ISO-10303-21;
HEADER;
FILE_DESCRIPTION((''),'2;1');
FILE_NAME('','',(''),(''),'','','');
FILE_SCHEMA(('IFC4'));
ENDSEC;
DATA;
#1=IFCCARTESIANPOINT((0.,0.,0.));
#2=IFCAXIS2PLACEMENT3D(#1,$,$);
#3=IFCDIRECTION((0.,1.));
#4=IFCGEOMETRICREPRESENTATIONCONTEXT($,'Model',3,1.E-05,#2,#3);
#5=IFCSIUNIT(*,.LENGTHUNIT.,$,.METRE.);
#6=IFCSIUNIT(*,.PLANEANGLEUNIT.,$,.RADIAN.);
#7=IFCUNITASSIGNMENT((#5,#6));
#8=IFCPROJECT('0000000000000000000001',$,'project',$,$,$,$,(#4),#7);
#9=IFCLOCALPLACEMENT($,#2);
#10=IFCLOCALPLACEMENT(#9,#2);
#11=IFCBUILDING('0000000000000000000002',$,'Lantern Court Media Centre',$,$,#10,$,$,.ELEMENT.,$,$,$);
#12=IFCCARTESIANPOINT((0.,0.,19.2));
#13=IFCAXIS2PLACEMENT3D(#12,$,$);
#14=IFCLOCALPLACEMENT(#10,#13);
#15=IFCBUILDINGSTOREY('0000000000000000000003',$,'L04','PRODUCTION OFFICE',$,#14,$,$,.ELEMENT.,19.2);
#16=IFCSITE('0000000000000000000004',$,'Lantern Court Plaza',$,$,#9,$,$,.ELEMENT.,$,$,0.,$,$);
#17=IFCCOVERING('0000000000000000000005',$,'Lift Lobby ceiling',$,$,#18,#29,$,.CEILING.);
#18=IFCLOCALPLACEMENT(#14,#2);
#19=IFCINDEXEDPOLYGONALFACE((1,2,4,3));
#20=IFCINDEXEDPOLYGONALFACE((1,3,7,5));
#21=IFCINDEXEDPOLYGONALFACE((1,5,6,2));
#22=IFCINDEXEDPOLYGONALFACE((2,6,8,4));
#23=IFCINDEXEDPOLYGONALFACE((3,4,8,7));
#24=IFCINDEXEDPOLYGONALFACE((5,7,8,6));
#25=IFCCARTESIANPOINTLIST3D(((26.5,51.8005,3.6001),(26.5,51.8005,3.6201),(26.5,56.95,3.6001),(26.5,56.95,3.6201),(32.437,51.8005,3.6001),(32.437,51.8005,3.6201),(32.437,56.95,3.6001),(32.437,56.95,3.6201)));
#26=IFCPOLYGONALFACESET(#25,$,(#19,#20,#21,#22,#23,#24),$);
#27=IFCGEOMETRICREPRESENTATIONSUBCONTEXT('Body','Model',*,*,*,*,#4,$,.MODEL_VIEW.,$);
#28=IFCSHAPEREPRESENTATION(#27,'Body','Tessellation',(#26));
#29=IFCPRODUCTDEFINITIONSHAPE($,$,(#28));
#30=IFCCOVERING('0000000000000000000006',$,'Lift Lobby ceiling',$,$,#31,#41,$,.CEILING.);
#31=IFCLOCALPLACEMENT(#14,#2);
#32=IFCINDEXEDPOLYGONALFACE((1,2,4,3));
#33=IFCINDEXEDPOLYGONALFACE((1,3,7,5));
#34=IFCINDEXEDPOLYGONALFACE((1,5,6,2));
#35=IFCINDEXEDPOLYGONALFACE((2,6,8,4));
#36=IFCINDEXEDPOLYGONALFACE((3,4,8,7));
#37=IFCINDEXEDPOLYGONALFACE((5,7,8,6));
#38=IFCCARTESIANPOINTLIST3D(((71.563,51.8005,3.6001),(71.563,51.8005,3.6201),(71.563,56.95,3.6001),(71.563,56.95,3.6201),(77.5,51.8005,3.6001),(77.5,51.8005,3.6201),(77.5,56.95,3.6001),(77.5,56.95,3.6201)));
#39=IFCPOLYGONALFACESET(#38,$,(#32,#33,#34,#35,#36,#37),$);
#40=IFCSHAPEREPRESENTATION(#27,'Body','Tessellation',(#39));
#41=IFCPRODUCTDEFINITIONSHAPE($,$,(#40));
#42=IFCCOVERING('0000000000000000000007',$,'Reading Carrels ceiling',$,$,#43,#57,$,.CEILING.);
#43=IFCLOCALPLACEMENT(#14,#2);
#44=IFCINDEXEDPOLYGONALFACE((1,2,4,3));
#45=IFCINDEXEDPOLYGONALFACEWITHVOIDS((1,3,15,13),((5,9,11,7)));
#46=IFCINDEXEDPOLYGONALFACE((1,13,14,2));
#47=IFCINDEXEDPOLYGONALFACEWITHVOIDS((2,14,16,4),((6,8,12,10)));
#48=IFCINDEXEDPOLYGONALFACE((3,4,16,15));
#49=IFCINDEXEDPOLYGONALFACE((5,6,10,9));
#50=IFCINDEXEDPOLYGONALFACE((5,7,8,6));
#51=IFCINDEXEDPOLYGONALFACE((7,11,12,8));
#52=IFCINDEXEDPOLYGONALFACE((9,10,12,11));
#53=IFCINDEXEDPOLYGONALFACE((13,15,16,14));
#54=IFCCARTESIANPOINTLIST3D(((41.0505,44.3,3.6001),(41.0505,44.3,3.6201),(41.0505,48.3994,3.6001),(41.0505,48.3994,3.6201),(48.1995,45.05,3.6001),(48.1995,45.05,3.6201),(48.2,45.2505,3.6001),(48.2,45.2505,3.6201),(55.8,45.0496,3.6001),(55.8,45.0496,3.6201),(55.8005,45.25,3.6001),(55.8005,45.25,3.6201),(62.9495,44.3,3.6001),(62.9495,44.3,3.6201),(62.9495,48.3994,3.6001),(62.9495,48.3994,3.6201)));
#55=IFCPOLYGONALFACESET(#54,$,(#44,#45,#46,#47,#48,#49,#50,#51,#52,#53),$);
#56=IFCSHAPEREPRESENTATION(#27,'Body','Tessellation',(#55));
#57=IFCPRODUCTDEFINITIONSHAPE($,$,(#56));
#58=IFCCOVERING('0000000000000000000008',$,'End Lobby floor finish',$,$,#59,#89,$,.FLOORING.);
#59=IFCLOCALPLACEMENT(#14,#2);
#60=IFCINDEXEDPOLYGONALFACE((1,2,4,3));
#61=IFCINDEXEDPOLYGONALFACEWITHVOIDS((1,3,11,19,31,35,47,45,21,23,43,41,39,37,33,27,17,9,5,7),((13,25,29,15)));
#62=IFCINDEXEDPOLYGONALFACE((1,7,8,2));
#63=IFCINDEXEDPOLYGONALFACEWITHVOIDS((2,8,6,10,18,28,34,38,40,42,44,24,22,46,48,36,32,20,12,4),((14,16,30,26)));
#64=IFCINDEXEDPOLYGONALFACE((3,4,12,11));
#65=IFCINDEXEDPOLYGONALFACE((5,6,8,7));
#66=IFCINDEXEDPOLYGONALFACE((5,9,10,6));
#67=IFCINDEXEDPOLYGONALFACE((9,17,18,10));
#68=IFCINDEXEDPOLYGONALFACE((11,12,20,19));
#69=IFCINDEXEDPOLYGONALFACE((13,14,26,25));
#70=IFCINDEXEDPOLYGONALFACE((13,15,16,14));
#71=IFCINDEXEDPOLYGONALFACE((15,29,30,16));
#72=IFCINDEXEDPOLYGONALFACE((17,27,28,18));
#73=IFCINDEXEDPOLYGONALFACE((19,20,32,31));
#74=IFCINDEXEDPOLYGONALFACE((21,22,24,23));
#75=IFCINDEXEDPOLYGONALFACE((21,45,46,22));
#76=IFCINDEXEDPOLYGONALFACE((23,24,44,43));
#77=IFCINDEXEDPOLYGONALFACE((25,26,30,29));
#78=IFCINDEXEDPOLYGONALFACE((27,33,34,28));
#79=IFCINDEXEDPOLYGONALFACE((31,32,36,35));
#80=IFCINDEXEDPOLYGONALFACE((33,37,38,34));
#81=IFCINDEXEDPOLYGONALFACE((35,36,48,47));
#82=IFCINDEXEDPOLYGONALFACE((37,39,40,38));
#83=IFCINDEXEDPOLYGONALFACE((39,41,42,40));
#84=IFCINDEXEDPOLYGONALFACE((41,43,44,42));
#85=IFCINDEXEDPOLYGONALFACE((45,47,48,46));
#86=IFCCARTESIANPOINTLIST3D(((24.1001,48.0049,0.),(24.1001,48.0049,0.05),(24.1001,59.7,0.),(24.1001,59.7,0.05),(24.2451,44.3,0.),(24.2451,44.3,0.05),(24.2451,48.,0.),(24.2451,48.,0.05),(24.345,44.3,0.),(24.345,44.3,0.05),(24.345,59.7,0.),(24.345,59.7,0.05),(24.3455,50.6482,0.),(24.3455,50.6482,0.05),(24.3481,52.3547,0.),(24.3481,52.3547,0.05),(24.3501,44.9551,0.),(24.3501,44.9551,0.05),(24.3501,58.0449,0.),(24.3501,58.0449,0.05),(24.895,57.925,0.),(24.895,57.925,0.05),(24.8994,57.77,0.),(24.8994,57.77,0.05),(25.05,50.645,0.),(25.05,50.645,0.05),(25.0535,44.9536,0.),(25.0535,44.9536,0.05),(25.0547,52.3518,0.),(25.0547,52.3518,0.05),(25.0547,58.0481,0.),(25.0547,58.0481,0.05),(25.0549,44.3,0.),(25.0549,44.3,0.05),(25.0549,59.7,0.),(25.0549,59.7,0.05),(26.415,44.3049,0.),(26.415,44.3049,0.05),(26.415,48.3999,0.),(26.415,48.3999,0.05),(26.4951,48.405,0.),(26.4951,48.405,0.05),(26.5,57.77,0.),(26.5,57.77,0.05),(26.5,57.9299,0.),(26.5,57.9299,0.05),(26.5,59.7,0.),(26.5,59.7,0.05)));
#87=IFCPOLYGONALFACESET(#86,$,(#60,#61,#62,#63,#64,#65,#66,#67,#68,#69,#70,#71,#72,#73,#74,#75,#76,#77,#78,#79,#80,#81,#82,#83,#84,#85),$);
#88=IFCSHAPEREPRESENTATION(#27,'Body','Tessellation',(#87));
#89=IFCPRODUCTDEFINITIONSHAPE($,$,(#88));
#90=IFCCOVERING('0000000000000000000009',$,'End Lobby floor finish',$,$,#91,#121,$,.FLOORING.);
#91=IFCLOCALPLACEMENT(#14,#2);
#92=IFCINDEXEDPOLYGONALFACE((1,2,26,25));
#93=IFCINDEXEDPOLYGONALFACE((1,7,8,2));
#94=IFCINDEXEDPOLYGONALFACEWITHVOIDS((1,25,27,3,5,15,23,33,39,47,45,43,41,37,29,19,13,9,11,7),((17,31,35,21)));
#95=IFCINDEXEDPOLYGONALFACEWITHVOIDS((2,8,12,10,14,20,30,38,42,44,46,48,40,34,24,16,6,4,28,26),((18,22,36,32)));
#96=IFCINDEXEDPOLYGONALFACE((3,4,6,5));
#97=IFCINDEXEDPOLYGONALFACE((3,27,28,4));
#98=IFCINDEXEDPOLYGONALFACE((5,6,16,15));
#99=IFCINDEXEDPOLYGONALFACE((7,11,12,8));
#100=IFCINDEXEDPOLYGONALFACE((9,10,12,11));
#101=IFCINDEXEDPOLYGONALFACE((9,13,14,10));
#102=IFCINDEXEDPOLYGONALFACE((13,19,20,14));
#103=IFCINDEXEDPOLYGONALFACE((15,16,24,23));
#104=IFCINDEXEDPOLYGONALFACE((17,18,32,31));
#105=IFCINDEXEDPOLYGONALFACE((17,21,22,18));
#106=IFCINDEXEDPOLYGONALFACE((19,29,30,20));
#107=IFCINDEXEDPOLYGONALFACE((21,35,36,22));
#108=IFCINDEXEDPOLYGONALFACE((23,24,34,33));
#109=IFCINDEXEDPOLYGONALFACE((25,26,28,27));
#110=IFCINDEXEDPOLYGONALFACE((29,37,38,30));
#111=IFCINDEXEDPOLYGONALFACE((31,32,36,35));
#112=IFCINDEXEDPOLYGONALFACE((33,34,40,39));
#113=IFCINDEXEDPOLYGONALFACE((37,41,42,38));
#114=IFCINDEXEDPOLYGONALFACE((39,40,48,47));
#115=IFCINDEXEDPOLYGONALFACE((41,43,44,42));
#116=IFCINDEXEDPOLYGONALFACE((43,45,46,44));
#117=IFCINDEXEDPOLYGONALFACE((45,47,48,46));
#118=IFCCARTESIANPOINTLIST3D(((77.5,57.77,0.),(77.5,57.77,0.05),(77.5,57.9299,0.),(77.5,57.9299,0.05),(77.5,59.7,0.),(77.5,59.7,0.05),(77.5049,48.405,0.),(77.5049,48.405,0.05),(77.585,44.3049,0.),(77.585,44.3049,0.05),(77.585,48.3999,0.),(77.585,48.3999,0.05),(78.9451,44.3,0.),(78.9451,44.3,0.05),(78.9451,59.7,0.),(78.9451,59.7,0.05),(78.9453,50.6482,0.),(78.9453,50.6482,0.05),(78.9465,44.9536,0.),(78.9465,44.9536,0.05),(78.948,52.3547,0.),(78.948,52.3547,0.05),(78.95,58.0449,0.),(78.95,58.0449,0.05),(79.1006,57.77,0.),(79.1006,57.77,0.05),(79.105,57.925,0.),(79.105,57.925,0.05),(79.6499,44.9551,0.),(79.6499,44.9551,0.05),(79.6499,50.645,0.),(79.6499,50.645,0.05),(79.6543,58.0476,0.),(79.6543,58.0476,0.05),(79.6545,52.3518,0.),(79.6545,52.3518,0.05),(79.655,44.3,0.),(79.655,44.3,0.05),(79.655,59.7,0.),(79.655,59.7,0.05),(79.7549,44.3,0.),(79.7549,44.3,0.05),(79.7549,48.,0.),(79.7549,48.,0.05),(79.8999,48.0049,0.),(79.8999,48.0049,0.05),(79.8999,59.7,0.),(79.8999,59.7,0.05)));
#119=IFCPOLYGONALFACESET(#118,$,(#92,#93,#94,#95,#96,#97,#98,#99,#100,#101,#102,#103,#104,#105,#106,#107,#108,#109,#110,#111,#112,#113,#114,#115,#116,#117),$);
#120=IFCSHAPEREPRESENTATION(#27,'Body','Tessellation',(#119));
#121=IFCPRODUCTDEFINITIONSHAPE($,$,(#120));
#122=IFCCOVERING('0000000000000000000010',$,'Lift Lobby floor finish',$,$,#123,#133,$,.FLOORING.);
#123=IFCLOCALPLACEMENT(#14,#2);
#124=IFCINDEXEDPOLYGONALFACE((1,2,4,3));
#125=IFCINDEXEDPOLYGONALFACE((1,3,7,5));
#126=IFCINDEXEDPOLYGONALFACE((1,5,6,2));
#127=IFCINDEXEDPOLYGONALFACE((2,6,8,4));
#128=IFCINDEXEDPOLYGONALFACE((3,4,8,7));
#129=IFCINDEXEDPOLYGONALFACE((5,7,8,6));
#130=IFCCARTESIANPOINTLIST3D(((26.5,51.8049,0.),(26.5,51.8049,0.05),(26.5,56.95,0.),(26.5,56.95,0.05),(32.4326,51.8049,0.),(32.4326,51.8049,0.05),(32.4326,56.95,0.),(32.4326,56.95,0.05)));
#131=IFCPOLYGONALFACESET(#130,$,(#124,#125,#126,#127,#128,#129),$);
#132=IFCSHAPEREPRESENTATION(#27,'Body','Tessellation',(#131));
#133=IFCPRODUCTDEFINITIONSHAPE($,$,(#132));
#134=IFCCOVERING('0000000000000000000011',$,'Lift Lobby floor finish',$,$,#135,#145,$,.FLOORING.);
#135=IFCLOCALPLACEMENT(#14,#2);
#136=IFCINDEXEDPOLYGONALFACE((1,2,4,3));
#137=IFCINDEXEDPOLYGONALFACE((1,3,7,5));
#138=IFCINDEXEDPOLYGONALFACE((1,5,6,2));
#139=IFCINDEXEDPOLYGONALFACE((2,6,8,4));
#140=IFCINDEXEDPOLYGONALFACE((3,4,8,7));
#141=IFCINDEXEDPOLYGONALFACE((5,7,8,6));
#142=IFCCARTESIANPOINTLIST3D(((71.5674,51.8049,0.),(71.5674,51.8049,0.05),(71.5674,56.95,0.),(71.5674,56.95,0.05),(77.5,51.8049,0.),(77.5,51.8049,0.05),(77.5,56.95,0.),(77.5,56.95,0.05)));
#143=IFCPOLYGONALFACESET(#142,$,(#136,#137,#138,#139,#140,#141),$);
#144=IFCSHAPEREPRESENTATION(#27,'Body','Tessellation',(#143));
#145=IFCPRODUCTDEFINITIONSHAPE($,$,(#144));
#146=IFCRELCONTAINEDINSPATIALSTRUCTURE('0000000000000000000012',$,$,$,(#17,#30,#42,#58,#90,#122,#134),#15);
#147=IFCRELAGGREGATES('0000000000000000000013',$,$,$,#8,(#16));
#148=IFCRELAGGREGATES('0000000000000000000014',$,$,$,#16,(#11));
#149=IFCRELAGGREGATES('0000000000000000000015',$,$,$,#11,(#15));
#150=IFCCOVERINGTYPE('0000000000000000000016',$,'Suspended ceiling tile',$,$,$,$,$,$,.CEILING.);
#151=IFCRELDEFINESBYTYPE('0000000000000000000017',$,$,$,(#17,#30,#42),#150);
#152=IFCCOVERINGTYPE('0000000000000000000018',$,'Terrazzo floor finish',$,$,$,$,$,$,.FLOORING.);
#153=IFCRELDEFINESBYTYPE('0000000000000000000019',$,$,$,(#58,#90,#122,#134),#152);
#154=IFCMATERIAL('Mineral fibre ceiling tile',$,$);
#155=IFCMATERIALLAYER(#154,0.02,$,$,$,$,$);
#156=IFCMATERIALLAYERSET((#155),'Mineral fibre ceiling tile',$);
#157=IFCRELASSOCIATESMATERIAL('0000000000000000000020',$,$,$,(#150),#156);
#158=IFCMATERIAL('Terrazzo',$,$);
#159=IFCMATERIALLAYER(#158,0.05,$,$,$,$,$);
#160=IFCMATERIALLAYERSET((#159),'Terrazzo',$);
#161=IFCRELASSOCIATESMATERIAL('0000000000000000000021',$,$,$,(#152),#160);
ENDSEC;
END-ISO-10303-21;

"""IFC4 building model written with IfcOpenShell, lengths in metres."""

from ifc_helpers import new_model, si_unit, direction, frame, origin, place, context, subcontext, project, spatial, polyline, outline, extrude, material, layer, layer_set, type_object, element, save


model = new_model("IFC4")

# Units and contexts
model_context = context("Model", 3, precision=1e-05, world=origin(), true_north=direction((0.0, 1.0)))
body_context = subcontext(model_context, "Body", "Model", "MODEL_VIEW")
ifc_project = project(units=[si_unit("LENGTHUNIT", "METRE"), si_unit("PLANEANGLEUNIT", "RADIAN")], contexts=[model_context])

# Site, building, storey
site_placement = place(None, origin())
site = spatial("IfcSite", under=ifc_project, at=site_placement, Name="Lantern Court Plaza", CompositionType="ELEMENT", RefElevation=0.0)
building_placement = place(site_placement, origin())
building = spatial("IfcBuilding", under=site, at=building_placement, Name="Lantern Court Media Centre", CompositionType="ELEMENT")
storey_placement = place(building_placement, frame((0.0, 0.0, 19.2)))
storey = spatial("IfcBuildingStorey", under=building, at=storey_placement, Name="L04", Description="PRODUCTION OFFICE", CompositionType="ELEMENT", Elevation=19.2)

# Coverings
ifc_material_1 = material(Name="Mineral fibre ceiling tile")
ifc_layer_1 = layer(ifc_material_1, 0.02)
ifc_layer_set_1 = layer_set([ifc_layer_1], Name="Mineral fibre ceiling tile")
covering_type_1 = type_object("IfcCoveringType", Name="Suspended ceiling tile", PredefinedType="CEILING", material=ifc_layer_set_1)
covering_1_placement = place(storey_placement, frame((0.0, 0.0, 3.6001)))
element("IfcCovering", 1, at=covering_1_placement, inside=storey, type_object=covering_type_1, Name="Lift Lobby ceiling", PredefinedType="CEILING", context=body_context, shape_type="SweptSolid", body=[
    extrude(outline(polyline([(26.5, 56.95), (32.437, 56.95), (32.437, 51.8005), (26.5, 51.8005), (26.5, 56.95)])), origin(), (0.0, 0.0, 1.0), 0.02),
])
covering_2_placement = place(storey_placement, frame((0.0, 0.0, 3.6001)))
element("IfcCovering", 2, at=covering_2_placement, inside=storey, type_object=covering_type_1, Name="Lift Lobby ceiling", PredefinedType="CEILING", context=body_context, shape_type="SweptSolid", body=[
    extrude(outline(polyline([(77.5, 56.95), (77.5, 51.8005), (71.563, 51.8005), (71.563, 56.95), (77.5, 56.95)])), origin(), (0.0, 0.0, 1.0), 0.02),
])
covering_3_placement = place(storey_placement, frame((0.0, 0.0, 3.6001)))
element("IfcCovering", 3, at=covering_3_placement, inside=storey, type_object=covering_type_1, Name="Reading Carrels ceiling", PredefinedType="CEILING", context=body_context, shape_type="SweptSolid", body=[
    extrude(outline(polyline([(41.0505, 44.3), (41.0505, 48.3994), (62.9495, 48.3994), (62.9495, 44.3), (41.0505, 44.3)]), holes=[polyline([(48.1995, 45.05), (55.8, 45.0496), (55.8005, 45.25), (48.2, 45.2505), (48.1995, 45.05)])]), origin(), (0.0, 0.0, 1.0), 0.02),
])
ifc_material_2 = material(Name="Terrazzo")
ifc_layer_2 = layer(ifc_material_2, 0.05)
ifc_layer_set_2 = layer_set([ifc_layer_2], Name="Terrazzo")
covering_type_2 = type_object("IfcCoveringType", Name="Terrazzo floor finish", PredefinedType="FLOORING", material=ifc_layer_set_2)
covering_4_placement = place(storey_placement, origin())
element("IfcCovering", 4, at=covering_4_placement, inside=storey, type_object=covering_type_2, Name="End Lobby floor finish", PredefinedType="FLOORING", context=body_context, shape_type="SweptSolid", body=[
    extrude(outline(polyline([(26.5, 57.77), (26.4951, 48.405), (26.415, 48.3999), (26.415, 44.3049), (25.0549, 44.3), (25.0535, 44.9536), (24.3501, 44.9551), (24.345, 44.3), (24.2451, 44.3), (24.2451, 48.0), (24.1001, 48.0049), (24.1001, 59.7), (24.345, 59.7), (24.3501, 58.0449), (25.0547, 58.0481), (25.0549, 59.7), (26.5, 59.7), (26.5, 57.9299), (24.895, 57.925), (24.8994, 57.77), (26.5, 57.77)]), holes=[polyline([(25.05, 50.645), (25.0547, 52.3518), (24.3481, 52.3547), (24.3455, 50.6482), (25.05, 50.645)])]), origin(), (0.0, 0.0, 1.0), 0.05),
])
covering_5_placement = place(storey_placement, origin())
element("IfcCovering", 5, at=covering_5_placement, inside=storey, type_object=covering_type_2, Name="End Lobby floor finish", PredefinedType="FLOORING", context=body_context, shape_type="SweptSolid", body=[
    extrude(outline(polyline([(79.8999, 59.7), (79.8999, 48.0049), (79.7549, 48.0), (79.7549, 44.3), (79.655, 44.3), (79.6499, 44.9551), (78.9465, 44.9536), (78.9451, 44.3), (77.585, 44.3049), (77.585, 48.3999), (77.5049, 48.405), (77.5, 57.77), (79.1006, 57.77), (79.105, 57.925), (77.5, 57.9299), (77.5, 59.7), (78.9451, 59.7), (78.95, 58.0449), (79.6543, 58.0476), (79.655, 59.7), (79.8999, 59.7)]), holes=[polyline([(79.6499, 50.645), (79.6545, 52.3518), (78.948, 52.3547), (78.9453, 50.6482), (79.6499, 50.645)])]), origin(), (0.0, 0.0, 1.0), 0.05),
])
covering_6_placement = place(storey_placement, origin())
element("IfcCovering", 6, at=covering_6_placement, inside=storey, type_object=covering_type_2, Name="Lift Lobby floor finish", PredefinedType="FLOORING", context=body_context, shape_type="SweptSolid", body=[
    extrude(outline(polyline([(26.5, 56.95), (32.4326, 56.95), (32.4326, 51.8049), (26.5, 51.8049), (26.5, 56.95)])), origin(), (0.0, 0.0, 1.0), 0.05),
])
covering_7_placement = place(storey_placement, origin())
element("IfcCovering", 7, at=covering_7_placement, inside=storey, type_object=covering_type_2, Name="Lift Lobby floor finish", PredefinedType="FLOORING", context=body_context, shape_type="SweptSolid", body=[
    extrude(outline(polyline([(77.5, 56.95), (77.5, 51.8049), (71.5674, 51.8049), (71.5674, 56.95), (77.5, 56.95)])), origin(), (0.0, 0.0, 1.0), 0.05),
])

save(model, "model.ifc")
